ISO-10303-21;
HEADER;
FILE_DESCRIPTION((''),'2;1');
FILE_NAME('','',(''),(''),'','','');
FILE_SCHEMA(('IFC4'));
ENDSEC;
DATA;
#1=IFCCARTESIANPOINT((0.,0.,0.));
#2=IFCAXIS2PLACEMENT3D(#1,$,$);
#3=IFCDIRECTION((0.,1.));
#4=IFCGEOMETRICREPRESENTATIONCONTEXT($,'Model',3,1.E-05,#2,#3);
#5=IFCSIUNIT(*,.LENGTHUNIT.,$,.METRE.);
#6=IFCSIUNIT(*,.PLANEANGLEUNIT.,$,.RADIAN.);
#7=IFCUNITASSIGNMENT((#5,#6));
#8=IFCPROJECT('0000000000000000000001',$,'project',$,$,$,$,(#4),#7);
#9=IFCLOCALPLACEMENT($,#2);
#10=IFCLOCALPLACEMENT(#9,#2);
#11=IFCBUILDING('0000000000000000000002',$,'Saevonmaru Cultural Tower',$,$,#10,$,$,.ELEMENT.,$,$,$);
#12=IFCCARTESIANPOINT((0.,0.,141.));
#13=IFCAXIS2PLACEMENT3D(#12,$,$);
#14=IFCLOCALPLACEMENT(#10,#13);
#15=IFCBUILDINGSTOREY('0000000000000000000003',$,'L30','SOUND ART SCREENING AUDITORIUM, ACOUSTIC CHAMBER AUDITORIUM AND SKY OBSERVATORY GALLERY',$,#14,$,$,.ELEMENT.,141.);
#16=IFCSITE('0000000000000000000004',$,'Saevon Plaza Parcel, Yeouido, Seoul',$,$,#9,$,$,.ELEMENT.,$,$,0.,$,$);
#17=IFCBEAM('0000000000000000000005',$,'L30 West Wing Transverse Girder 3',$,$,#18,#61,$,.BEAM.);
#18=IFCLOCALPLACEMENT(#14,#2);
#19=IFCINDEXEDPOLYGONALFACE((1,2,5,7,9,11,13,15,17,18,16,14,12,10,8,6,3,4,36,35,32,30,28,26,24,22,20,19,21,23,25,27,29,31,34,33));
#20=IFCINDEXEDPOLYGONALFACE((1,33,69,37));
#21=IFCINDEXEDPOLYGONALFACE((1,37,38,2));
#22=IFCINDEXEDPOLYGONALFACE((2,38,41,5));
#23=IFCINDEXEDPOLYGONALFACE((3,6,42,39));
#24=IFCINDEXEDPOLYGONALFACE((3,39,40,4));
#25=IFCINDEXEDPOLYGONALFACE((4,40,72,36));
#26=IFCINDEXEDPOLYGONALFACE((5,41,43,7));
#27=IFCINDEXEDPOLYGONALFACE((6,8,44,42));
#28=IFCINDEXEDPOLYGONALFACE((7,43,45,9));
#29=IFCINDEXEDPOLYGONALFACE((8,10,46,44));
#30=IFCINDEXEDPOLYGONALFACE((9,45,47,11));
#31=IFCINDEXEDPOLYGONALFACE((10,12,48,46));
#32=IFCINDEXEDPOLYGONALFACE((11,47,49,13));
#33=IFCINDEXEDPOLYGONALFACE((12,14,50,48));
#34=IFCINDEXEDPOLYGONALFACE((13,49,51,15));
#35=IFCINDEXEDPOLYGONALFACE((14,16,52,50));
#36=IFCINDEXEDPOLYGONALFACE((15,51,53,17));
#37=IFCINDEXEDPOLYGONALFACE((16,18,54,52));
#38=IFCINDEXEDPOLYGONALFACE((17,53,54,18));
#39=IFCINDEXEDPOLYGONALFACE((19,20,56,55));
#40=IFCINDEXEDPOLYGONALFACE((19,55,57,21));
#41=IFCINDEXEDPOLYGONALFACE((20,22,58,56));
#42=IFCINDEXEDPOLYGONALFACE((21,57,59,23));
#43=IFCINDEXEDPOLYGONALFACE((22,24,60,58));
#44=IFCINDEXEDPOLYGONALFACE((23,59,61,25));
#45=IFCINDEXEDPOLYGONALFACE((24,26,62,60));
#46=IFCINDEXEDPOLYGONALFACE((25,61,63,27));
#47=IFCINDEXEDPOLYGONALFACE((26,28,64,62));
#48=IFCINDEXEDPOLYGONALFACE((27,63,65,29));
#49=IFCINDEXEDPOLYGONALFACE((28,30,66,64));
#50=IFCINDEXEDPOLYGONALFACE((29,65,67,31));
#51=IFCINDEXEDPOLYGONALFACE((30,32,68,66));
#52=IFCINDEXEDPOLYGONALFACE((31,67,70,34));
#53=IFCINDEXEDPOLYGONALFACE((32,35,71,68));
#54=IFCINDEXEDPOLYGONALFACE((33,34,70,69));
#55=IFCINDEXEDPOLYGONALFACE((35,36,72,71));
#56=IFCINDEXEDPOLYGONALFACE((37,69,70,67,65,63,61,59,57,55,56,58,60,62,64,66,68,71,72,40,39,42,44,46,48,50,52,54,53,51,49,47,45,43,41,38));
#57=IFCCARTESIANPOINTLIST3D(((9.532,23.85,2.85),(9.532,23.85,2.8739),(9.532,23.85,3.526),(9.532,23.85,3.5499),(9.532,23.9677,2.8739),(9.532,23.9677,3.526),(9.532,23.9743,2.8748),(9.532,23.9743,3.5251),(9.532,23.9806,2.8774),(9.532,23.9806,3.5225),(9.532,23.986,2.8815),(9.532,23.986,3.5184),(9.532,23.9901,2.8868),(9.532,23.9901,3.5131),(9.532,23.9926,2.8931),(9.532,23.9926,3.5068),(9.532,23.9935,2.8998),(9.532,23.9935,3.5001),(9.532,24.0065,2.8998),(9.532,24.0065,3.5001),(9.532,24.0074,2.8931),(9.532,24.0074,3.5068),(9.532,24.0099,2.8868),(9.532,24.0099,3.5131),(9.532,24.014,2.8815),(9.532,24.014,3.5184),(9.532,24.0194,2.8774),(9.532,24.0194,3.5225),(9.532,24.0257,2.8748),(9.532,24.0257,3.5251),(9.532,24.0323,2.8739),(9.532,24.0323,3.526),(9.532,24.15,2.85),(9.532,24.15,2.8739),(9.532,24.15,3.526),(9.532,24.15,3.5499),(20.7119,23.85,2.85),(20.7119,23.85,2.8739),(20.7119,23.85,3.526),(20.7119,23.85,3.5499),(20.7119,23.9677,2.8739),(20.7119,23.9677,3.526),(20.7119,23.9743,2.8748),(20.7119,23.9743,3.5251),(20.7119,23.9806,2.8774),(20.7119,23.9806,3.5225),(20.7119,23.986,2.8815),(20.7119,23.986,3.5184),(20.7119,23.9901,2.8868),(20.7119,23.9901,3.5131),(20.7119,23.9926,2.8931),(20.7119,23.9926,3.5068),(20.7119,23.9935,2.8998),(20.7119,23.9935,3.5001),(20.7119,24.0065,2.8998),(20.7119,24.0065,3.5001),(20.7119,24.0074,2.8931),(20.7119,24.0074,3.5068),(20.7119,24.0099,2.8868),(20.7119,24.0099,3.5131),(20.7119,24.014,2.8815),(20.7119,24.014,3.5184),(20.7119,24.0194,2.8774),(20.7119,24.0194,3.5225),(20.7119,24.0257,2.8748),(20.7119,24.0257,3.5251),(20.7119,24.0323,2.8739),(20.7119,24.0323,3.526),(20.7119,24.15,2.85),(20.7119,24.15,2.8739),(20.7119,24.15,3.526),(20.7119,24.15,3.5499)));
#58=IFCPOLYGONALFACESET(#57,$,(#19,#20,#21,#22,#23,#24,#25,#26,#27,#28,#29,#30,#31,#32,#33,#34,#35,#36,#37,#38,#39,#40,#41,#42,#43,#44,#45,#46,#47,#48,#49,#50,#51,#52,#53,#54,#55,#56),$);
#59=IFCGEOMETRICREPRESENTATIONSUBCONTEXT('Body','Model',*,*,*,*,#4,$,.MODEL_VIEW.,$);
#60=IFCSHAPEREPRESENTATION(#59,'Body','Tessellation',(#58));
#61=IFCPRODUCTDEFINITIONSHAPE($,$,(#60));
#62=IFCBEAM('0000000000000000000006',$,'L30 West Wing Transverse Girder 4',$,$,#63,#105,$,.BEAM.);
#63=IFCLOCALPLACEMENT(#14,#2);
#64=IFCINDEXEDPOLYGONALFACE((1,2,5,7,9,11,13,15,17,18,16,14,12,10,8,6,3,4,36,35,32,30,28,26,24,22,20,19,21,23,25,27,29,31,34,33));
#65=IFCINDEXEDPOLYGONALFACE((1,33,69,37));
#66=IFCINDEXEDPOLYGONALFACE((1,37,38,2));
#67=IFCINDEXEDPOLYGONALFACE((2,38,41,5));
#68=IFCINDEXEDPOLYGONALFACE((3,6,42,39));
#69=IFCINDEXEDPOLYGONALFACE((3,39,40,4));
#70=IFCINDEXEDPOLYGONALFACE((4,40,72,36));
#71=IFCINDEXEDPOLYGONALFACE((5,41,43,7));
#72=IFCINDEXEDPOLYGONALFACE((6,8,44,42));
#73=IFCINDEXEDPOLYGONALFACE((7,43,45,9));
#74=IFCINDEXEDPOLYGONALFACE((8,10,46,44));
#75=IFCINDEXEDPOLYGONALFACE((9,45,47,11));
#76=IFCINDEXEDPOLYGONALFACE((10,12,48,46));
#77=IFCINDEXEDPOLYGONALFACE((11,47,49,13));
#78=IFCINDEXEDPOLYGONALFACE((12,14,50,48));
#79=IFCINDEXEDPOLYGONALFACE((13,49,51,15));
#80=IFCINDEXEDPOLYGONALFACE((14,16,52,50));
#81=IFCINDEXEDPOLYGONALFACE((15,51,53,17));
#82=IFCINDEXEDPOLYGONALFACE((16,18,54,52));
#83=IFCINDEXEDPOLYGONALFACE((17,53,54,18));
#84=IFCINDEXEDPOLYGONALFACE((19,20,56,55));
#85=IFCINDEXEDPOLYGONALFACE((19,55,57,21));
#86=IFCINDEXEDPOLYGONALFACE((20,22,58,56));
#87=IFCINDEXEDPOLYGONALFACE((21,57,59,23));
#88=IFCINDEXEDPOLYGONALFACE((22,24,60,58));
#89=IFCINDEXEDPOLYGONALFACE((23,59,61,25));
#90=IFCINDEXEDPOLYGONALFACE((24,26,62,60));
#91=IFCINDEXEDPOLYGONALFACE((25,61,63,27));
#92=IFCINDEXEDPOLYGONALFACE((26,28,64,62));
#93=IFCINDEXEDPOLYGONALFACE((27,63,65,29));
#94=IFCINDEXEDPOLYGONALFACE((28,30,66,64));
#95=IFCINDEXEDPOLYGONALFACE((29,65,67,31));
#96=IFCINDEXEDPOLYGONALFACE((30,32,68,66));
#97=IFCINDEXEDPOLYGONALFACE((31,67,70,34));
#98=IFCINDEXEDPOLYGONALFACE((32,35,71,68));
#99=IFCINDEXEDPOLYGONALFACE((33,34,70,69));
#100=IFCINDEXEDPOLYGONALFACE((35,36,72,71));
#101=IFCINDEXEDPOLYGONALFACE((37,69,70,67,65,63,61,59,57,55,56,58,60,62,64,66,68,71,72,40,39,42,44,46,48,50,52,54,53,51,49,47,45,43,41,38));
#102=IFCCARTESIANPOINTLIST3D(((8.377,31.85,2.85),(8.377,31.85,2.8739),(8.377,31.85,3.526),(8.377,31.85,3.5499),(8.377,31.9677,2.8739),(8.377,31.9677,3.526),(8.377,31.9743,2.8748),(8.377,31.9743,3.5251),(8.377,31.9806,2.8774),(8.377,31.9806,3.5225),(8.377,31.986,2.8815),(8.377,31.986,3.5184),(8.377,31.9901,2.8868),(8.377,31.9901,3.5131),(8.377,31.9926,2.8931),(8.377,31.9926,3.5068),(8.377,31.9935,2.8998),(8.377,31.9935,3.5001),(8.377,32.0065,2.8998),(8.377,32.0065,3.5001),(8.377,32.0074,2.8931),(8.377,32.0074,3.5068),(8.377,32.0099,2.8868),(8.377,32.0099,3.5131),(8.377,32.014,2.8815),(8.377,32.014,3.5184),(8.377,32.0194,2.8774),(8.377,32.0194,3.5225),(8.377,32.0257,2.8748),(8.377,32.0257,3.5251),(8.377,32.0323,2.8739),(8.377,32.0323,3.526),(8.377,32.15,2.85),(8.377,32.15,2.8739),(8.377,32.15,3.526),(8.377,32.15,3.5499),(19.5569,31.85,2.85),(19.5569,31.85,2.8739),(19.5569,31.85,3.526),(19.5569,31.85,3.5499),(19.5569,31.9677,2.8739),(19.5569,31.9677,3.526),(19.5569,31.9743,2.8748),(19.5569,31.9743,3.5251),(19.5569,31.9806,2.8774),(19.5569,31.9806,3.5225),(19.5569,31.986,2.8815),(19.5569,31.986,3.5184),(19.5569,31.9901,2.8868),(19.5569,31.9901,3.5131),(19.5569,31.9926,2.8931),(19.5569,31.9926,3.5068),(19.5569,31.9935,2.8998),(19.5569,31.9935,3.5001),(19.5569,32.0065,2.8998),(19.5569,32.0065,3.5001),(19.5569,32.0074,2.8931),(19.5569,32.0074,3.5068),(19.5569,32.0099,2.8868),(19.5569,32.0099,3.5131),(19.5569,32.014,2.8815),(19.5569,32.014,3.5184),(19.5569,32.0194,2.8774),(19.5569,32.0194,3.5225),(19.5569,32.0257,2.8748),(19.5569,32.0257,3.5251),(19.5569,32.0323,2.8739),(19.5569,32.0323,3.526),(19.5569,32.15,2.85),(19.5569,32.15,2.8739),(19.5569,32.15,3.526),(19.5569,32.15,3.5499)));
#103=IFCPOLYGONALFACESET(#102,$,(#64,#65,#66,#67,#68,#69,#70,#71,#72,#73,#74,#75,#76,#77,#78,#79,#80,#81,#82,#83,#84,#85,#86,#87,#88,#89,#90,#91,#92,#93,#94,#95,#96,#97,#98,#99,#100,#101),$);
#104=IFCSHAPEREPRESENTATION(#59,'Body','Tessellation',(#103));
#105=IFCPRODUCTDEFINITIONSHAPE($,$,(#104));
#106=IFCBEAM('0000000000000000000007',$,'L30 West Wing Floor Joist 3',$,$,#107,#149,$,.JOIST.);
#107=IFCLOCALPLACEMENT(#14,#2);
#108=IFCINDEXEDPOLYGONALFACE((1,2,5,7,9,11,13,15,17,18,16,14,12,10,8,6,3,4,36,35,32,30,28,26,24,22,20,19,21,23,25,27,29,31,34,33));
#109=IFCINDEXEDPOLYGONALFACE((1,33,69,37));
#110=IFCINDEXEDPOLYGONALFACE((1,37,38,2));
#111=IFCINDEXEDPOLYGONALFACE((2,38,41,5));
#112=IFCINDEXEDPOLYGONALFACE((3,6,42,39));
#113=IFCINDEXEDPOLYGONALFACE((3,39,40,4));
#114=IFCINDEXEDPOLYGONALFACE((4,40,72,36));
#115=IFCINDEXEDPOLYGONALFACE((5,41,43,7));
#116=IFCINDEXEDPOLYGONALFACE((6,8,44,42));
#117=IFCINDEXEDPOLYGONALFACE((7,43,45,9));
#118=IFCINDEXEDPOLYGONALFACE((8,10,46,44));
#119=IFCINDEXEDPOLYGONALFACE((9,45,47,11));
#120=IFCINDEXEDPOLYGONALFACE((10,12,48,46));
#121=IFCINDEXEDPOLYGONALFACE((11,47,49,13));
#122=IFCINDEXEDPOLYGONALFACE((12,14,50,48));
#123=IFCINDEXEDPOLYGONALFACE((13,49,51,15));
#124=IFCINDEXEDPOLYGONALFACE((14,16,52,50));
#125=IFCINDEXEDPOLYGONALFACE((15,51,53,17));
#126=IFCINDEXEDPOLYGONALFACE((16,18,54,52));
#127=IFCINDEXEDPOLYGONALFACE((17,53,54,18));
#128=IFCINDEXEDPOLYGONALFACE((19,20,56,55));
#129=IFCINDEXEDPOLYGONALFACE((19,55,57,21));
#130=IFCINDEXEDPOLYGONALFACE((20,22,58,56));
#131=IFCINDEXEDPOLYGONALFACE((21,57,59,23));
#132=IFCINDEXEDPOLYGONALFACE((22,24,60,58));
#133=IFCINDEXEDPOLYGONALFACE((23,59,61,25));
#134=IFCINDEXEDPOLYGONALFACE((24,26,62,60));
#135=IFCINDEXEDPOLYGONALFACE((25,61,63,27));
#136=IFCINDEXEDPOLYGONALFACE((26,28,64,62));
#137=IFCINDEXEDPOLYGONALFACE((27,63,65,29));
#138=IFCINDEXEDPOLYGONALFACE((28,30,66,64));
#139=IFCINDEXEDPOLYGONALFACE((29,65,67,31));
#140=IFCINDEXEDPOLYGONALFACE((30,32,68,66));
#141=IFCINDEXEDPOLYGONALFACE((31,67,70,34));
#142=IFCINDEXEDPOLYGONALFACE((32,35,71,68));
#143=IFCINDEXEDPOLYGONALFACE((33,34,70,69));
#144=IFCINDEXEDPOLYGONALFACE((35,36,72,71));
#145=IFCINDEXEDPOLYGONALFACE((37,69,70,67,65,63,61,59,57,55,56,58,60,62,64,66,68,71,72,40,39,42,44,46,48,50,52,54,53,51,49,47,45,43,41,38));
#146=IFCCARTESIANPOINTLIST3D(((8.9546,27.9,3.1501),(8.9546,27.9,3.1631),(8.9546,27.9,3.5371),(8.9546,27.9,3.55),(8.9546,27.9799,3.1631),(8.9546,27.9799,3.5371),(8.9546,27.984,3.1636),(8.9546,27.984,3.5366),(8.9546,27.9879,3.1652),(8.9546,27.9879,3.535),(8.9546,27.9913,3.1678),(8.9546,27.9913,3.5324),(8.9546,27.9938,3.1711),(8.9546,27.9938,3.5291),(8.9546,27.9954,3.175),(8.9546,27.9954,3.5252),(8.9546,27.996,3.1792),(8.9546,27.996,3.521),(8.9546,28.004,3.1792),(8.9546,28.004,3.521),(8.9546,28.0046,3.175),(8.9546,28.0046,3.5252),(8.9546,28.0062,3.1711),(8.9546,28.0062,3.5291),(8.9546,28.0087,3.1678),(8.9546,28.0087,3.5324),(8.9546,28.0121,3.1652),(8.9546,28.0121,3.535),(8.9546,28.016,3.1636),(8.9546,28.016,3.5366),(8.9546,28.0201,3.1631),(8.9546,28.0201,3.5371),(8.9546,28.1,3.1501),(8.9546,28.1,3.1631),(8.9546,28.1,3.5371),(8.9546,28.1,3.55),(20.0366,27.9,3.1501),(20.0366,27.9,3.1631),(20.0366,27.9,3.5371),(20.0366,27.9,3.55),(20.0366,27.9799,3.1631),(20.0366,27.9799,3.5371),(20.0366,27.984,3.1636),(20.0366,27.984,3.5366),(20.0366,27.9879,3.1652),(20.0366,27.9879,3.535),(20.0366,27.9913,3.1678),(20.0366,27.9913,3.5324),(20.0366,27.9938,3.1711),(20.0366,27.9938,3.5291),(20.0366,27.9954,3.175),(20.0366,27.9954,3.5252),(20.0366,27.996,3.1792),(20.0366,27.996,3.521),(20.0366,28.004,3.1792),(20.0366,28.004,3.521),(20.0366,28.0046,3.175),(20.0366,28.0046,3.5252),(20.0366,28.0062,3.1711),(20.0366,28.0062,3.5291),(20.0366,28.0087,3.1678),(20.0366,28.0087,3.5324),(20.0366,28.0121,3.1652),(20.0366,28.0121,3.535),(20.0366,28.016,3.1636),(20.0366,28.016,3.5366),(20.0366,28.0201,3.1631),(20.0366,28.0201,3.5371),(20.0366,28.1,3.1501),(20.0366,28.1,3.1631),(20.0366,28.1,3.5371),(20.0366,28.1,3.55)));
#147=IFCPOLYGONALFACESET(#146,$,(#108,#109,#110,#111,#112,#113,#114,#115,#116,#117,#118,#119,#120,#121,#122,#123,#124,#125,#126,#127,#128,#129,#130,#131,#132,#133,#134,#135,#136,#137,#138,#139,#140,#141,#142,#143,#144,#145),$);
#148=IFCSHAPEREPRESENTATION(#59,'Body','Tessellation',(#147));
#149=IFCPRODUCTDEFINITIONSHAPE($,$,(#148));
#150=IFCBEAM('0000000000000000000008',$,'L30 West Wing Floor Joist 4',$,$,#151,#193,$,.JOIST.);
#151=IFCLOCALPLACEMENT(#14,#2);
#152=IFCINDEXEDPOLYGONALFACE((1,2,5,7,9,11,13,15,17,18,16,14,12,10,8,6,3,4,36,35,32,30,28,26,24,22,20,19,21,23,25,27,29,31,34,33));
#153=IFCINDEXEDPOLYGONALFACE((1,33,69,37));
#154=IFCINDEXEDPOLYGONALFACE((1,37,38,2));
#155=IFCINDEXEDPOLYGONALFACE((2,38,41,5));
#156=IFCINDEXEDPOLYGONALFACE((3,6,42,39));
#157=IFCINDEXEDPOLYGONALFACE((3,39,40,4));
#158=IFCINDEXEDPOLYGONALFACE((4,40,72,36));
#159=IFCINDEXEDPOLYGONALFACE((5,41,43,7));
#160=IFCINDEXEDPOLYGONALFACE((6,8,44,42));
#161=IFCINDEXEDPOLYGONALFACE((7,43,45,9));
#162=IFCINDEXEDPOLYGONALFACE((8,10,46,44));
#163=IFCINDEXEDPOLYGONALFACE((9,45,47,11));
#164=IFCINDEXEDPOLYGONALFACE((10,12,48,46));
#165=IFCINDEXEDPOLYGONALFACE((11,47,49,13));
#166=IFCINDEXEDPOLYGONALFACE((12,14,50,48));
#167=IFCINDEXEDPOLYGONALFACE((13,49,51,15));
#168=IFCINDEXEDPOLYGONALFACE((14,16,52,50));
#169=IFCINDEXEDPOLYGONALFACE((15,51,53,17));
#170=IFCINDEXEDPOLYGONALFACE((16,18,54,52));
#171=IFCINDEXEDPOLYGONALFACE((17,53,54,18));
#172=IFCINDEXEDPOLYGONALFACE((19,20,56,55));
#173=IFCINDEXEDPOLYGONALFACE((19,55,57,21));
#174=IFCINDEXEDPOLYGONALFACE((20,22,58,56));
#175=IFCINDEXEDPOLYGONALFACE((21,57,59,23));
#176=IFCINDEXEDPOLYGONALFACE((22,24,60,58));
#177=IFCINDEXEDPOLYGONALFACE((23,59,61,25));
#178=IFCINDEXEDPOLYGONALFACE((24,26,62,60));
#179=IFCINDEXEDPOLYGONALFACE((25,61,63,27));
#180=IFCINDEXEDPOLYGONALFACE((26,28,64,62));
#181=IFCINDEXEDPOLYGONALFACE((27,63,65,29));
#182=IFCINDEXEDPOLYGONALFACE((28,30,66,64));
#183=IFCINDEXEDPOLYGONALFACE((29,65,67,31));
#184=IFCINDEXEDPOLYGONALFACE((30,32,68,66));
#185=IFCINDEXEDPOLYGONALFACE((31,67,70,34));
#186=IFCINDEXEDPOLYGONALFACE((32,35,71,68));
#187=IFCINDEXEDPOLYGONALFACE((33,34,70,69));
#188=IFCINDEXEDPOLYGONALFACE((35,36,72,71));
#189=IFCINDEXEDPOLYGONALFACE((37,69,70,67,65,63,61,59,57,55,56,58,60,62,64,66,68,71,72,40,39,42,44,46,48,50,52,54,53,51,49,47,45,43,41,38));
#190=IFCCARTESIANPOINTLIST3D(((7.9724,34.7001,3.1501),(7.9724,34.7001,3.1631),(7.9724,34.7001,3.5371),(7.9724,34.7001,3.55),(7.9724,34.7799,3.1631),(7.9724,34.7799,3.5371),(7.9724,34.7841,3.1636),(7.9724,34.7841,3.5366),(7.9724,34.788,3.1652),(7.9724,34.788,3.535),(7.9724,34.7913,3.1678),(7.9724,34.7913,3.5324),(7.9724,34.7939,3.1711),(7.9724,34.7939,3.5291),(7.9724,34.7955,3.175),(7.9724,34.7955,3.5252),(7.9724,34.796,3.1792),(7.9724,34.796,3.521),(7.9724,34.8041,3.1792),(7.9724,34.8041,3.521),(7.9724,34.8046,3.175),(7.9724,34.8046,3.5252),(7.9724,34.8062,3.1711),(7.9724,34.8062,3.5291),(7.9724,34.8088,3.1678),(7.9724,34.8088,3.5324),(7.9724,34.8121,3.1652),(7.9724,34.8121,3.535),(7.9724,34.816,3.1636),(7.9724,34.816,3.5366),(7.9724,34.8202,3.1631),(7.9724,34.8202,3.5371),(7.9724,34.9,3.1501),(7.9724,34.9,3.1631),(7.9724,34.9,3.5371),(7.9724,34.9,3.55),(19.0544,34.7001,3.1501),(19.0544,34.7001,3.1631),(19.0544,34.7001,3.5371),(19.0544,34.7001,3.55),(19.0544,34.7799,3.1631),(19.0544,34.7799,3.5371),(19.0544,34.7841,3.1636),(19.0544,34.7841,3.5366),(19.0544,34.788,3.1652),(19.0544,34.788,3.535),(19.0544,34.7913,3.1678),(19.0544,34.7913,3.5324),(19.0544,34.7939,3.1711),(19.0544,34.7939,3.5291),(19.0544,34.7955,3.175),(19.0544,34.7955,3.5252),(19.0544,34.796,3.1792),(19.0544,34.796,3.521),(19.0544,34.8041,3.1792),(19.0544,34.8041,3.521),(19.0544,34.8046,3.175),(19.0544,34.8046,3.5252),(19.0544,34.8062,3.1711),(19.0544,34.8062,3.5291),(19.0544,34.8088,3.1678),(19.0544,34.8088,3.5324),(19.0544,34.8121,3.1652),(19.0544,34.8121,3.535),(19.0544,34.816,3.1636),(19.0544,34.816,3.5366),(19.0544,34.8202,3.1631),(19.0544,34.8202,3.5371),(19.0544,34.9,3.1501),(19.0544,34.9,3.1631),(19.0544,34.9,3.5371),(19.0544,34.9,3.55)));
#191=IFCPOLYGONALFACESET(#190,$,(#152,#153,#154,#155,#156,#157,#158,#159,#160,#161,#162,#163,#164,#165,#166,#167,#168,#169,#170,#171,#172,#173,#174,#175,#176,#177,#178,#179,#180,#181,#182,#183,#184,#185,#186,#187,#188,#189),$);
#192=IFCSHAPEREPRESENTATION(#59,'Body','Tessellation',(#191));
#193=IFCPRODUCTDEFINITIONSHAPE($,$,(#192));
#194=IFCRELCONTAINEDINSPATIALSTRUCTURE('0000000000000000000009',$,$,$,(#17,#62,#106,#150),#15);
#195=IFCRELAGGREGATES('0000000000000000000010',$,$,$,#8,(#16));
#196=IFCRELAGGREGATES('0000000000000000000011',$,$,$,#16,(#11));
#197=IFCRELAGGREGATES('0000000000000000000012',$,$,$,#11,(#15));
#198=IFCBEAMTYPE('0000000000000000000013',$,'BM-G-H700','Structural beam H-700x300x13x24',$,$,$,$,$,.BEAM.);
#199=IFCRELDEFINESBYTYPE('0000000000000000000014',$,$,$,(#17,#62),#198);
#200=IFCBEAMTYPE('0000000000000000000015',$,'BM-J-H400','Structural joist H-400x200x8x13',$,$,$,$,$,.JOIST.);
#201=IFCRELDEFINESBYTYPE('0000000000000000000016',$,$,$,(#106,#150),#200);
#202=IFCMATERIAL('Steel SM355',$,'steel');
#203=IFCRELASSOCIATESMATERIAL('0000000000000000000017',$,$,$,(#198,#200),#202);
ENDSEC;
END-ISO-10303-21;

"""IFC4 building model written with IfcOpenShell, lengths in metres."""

from ifc_helpers import new_model, si_unit, direction, frame, origin, origin_2d, place, context, subcontext, project, spatial, i_section, extrude, material, material_profile, profile_set, type_object, element, save


model = new_model("IFC4")

# Units and contexts
model_context = context("Model", 3, precision=1e-05, world=origin(), true_north=direction((0.0, 1.0)))
body_context = subcontext(model_context, "Body", "Model", "MODEL_VIEW")
ifc_project = project(units=[si_unit("LENGTHUNIT", "METRE"), si_unit("PLANEANGLEUNIT", "RADIAN")], contexts=[model_context])

# Site, building, storey
site_placement = place(None, origin())
site = spatial("IfcSite", under=ifc_project, at=site_placement, Name="Saevon Plaza Parcel, Yeouido, Seoul", CompositionType="ELEMENT", RefElevation=0.0)
building_placement = place(site_placement, origin())
building = spatial("IfcBuilding", under=site, at=building_placement, Name="Saevonmaru Cultural Tower", CompositionType="ELEMENT")
storey_placement = place(building_placement, frame((0.0, 0.0, 141.0)))
storey = spatial("IfcBuildingStorey", under=building, at=storey_placement, Name="L30", Description="SOUND ART SCREENING AUDITORIUM, ACOUSTIC CHAMBER AUDITORIUM AND SKY OBSERVATORY GALLERY", CompositionType="ELEMENT", Elevation=141.0)

# Shared definitions
ifc_material_1 = material(Name="Steel SM355", Category="steel")

# Beams
ifc_material_profile_1 = material_profile(ifc_material_1, i_section(OverallWidth=0.3, OverallDepth=0.7, WebThickness=0.0129, FlangeThickness=0.0239, FilletRadius=0.0259, at=origin_2d()), Name="H-700x300x13x24")
ifc_profile_set_1 = profile_set([ifc_material_profile_1], Name="Steel SM355")
beam_type_1 = type_object("IfcBeamType", Name="BM-G-H700", Description="Structural beam H-700x300x13x24", PredefinedType="BEAM", material=ifc_profile_set_1)
for number, where, z_axis, x_axis, name in (
    (1, (9.532, 24.0, 3.2), (1.0, 0.0, 0.0), (0.0, 1.0, 0.0), "L30 West Wing Transverse Girder 3"),
    (2, (8.377, 32.0, 3.2), (1.0, 0.0, 0.0), (0.0, 1.0, 0.0), "L30 West Wing Transverse Girder 4"),
):
    element("IfcBeam", number, at=place(storey_placement, frame(where, z_axis=z_axis, x_axis=x_axis)), inside=storey, type_object=beam_type_1, Name=name, PredefinedType="BEAM", context=body_context, shape_type="SweptSolid", body=[
        extrude(i_section(OverallWidth=0.3, OverallDepth=0.7, WebThickness=0.0129, FlangeThickness=0.0239, FilletRadius=0.0259, at=origin_2d()), origin(), (0.0, 0.0, 1.0), 11.1799),
    ])
ifc_material_profile_2 = material_profile(ifc_material_1, i_section(OverallWidth=0.2, OverallDepth=0.3999, WebThickness=0.0081, FlangeThickness=0.0129, FilletRadius=0.0161, at=origin_2d()), Name="H-400x200x8x13")
ifc_profile_set_2 = profile_set([ifc_material_profile_2], Name="Steel SM355")
beam_type_2 = type_object("IfcBeamType", Name="BM-J-H400", Description="Structural joist H-400x200x8x13", PredefinedType="JOIST", material=ifc_profile_set_2)
for number, where, z_axis, x_axis, name in (
    (3, (8.9546, 28.0, 3.3501), (1.0, 0.0, 0.0), (0.0, 1.0, 0.0), "L30 West Wing Floor Joist 3"),
    (4, (7.9724, 34.8, 3.3501), (1.0, 0.0, 0.0), (0.0, 1.0, 0.0), "L30 West Wing Floor Joist 4"),
):
    element("IfcBeam", number, at=place(storey_placement, frame(where, z_axis=z_axis, x_axis=x_axis)), inside=storey, type_object=beam_type_2, Name=name, PredefinedType="JOIST", context=body_context, shape_type="SweptSolid", body=[
        extrude(i_section(OverallWidth=0.2, OverallDepth=0.3999, WebThickness=0.0081, FlangeThickness=0.0129, FilletRadius=0.0161, at=origin_2d()), origin(), (0.0, 0.0, 1.0), 11.082),
    ])

save(model, "model.ifc")
